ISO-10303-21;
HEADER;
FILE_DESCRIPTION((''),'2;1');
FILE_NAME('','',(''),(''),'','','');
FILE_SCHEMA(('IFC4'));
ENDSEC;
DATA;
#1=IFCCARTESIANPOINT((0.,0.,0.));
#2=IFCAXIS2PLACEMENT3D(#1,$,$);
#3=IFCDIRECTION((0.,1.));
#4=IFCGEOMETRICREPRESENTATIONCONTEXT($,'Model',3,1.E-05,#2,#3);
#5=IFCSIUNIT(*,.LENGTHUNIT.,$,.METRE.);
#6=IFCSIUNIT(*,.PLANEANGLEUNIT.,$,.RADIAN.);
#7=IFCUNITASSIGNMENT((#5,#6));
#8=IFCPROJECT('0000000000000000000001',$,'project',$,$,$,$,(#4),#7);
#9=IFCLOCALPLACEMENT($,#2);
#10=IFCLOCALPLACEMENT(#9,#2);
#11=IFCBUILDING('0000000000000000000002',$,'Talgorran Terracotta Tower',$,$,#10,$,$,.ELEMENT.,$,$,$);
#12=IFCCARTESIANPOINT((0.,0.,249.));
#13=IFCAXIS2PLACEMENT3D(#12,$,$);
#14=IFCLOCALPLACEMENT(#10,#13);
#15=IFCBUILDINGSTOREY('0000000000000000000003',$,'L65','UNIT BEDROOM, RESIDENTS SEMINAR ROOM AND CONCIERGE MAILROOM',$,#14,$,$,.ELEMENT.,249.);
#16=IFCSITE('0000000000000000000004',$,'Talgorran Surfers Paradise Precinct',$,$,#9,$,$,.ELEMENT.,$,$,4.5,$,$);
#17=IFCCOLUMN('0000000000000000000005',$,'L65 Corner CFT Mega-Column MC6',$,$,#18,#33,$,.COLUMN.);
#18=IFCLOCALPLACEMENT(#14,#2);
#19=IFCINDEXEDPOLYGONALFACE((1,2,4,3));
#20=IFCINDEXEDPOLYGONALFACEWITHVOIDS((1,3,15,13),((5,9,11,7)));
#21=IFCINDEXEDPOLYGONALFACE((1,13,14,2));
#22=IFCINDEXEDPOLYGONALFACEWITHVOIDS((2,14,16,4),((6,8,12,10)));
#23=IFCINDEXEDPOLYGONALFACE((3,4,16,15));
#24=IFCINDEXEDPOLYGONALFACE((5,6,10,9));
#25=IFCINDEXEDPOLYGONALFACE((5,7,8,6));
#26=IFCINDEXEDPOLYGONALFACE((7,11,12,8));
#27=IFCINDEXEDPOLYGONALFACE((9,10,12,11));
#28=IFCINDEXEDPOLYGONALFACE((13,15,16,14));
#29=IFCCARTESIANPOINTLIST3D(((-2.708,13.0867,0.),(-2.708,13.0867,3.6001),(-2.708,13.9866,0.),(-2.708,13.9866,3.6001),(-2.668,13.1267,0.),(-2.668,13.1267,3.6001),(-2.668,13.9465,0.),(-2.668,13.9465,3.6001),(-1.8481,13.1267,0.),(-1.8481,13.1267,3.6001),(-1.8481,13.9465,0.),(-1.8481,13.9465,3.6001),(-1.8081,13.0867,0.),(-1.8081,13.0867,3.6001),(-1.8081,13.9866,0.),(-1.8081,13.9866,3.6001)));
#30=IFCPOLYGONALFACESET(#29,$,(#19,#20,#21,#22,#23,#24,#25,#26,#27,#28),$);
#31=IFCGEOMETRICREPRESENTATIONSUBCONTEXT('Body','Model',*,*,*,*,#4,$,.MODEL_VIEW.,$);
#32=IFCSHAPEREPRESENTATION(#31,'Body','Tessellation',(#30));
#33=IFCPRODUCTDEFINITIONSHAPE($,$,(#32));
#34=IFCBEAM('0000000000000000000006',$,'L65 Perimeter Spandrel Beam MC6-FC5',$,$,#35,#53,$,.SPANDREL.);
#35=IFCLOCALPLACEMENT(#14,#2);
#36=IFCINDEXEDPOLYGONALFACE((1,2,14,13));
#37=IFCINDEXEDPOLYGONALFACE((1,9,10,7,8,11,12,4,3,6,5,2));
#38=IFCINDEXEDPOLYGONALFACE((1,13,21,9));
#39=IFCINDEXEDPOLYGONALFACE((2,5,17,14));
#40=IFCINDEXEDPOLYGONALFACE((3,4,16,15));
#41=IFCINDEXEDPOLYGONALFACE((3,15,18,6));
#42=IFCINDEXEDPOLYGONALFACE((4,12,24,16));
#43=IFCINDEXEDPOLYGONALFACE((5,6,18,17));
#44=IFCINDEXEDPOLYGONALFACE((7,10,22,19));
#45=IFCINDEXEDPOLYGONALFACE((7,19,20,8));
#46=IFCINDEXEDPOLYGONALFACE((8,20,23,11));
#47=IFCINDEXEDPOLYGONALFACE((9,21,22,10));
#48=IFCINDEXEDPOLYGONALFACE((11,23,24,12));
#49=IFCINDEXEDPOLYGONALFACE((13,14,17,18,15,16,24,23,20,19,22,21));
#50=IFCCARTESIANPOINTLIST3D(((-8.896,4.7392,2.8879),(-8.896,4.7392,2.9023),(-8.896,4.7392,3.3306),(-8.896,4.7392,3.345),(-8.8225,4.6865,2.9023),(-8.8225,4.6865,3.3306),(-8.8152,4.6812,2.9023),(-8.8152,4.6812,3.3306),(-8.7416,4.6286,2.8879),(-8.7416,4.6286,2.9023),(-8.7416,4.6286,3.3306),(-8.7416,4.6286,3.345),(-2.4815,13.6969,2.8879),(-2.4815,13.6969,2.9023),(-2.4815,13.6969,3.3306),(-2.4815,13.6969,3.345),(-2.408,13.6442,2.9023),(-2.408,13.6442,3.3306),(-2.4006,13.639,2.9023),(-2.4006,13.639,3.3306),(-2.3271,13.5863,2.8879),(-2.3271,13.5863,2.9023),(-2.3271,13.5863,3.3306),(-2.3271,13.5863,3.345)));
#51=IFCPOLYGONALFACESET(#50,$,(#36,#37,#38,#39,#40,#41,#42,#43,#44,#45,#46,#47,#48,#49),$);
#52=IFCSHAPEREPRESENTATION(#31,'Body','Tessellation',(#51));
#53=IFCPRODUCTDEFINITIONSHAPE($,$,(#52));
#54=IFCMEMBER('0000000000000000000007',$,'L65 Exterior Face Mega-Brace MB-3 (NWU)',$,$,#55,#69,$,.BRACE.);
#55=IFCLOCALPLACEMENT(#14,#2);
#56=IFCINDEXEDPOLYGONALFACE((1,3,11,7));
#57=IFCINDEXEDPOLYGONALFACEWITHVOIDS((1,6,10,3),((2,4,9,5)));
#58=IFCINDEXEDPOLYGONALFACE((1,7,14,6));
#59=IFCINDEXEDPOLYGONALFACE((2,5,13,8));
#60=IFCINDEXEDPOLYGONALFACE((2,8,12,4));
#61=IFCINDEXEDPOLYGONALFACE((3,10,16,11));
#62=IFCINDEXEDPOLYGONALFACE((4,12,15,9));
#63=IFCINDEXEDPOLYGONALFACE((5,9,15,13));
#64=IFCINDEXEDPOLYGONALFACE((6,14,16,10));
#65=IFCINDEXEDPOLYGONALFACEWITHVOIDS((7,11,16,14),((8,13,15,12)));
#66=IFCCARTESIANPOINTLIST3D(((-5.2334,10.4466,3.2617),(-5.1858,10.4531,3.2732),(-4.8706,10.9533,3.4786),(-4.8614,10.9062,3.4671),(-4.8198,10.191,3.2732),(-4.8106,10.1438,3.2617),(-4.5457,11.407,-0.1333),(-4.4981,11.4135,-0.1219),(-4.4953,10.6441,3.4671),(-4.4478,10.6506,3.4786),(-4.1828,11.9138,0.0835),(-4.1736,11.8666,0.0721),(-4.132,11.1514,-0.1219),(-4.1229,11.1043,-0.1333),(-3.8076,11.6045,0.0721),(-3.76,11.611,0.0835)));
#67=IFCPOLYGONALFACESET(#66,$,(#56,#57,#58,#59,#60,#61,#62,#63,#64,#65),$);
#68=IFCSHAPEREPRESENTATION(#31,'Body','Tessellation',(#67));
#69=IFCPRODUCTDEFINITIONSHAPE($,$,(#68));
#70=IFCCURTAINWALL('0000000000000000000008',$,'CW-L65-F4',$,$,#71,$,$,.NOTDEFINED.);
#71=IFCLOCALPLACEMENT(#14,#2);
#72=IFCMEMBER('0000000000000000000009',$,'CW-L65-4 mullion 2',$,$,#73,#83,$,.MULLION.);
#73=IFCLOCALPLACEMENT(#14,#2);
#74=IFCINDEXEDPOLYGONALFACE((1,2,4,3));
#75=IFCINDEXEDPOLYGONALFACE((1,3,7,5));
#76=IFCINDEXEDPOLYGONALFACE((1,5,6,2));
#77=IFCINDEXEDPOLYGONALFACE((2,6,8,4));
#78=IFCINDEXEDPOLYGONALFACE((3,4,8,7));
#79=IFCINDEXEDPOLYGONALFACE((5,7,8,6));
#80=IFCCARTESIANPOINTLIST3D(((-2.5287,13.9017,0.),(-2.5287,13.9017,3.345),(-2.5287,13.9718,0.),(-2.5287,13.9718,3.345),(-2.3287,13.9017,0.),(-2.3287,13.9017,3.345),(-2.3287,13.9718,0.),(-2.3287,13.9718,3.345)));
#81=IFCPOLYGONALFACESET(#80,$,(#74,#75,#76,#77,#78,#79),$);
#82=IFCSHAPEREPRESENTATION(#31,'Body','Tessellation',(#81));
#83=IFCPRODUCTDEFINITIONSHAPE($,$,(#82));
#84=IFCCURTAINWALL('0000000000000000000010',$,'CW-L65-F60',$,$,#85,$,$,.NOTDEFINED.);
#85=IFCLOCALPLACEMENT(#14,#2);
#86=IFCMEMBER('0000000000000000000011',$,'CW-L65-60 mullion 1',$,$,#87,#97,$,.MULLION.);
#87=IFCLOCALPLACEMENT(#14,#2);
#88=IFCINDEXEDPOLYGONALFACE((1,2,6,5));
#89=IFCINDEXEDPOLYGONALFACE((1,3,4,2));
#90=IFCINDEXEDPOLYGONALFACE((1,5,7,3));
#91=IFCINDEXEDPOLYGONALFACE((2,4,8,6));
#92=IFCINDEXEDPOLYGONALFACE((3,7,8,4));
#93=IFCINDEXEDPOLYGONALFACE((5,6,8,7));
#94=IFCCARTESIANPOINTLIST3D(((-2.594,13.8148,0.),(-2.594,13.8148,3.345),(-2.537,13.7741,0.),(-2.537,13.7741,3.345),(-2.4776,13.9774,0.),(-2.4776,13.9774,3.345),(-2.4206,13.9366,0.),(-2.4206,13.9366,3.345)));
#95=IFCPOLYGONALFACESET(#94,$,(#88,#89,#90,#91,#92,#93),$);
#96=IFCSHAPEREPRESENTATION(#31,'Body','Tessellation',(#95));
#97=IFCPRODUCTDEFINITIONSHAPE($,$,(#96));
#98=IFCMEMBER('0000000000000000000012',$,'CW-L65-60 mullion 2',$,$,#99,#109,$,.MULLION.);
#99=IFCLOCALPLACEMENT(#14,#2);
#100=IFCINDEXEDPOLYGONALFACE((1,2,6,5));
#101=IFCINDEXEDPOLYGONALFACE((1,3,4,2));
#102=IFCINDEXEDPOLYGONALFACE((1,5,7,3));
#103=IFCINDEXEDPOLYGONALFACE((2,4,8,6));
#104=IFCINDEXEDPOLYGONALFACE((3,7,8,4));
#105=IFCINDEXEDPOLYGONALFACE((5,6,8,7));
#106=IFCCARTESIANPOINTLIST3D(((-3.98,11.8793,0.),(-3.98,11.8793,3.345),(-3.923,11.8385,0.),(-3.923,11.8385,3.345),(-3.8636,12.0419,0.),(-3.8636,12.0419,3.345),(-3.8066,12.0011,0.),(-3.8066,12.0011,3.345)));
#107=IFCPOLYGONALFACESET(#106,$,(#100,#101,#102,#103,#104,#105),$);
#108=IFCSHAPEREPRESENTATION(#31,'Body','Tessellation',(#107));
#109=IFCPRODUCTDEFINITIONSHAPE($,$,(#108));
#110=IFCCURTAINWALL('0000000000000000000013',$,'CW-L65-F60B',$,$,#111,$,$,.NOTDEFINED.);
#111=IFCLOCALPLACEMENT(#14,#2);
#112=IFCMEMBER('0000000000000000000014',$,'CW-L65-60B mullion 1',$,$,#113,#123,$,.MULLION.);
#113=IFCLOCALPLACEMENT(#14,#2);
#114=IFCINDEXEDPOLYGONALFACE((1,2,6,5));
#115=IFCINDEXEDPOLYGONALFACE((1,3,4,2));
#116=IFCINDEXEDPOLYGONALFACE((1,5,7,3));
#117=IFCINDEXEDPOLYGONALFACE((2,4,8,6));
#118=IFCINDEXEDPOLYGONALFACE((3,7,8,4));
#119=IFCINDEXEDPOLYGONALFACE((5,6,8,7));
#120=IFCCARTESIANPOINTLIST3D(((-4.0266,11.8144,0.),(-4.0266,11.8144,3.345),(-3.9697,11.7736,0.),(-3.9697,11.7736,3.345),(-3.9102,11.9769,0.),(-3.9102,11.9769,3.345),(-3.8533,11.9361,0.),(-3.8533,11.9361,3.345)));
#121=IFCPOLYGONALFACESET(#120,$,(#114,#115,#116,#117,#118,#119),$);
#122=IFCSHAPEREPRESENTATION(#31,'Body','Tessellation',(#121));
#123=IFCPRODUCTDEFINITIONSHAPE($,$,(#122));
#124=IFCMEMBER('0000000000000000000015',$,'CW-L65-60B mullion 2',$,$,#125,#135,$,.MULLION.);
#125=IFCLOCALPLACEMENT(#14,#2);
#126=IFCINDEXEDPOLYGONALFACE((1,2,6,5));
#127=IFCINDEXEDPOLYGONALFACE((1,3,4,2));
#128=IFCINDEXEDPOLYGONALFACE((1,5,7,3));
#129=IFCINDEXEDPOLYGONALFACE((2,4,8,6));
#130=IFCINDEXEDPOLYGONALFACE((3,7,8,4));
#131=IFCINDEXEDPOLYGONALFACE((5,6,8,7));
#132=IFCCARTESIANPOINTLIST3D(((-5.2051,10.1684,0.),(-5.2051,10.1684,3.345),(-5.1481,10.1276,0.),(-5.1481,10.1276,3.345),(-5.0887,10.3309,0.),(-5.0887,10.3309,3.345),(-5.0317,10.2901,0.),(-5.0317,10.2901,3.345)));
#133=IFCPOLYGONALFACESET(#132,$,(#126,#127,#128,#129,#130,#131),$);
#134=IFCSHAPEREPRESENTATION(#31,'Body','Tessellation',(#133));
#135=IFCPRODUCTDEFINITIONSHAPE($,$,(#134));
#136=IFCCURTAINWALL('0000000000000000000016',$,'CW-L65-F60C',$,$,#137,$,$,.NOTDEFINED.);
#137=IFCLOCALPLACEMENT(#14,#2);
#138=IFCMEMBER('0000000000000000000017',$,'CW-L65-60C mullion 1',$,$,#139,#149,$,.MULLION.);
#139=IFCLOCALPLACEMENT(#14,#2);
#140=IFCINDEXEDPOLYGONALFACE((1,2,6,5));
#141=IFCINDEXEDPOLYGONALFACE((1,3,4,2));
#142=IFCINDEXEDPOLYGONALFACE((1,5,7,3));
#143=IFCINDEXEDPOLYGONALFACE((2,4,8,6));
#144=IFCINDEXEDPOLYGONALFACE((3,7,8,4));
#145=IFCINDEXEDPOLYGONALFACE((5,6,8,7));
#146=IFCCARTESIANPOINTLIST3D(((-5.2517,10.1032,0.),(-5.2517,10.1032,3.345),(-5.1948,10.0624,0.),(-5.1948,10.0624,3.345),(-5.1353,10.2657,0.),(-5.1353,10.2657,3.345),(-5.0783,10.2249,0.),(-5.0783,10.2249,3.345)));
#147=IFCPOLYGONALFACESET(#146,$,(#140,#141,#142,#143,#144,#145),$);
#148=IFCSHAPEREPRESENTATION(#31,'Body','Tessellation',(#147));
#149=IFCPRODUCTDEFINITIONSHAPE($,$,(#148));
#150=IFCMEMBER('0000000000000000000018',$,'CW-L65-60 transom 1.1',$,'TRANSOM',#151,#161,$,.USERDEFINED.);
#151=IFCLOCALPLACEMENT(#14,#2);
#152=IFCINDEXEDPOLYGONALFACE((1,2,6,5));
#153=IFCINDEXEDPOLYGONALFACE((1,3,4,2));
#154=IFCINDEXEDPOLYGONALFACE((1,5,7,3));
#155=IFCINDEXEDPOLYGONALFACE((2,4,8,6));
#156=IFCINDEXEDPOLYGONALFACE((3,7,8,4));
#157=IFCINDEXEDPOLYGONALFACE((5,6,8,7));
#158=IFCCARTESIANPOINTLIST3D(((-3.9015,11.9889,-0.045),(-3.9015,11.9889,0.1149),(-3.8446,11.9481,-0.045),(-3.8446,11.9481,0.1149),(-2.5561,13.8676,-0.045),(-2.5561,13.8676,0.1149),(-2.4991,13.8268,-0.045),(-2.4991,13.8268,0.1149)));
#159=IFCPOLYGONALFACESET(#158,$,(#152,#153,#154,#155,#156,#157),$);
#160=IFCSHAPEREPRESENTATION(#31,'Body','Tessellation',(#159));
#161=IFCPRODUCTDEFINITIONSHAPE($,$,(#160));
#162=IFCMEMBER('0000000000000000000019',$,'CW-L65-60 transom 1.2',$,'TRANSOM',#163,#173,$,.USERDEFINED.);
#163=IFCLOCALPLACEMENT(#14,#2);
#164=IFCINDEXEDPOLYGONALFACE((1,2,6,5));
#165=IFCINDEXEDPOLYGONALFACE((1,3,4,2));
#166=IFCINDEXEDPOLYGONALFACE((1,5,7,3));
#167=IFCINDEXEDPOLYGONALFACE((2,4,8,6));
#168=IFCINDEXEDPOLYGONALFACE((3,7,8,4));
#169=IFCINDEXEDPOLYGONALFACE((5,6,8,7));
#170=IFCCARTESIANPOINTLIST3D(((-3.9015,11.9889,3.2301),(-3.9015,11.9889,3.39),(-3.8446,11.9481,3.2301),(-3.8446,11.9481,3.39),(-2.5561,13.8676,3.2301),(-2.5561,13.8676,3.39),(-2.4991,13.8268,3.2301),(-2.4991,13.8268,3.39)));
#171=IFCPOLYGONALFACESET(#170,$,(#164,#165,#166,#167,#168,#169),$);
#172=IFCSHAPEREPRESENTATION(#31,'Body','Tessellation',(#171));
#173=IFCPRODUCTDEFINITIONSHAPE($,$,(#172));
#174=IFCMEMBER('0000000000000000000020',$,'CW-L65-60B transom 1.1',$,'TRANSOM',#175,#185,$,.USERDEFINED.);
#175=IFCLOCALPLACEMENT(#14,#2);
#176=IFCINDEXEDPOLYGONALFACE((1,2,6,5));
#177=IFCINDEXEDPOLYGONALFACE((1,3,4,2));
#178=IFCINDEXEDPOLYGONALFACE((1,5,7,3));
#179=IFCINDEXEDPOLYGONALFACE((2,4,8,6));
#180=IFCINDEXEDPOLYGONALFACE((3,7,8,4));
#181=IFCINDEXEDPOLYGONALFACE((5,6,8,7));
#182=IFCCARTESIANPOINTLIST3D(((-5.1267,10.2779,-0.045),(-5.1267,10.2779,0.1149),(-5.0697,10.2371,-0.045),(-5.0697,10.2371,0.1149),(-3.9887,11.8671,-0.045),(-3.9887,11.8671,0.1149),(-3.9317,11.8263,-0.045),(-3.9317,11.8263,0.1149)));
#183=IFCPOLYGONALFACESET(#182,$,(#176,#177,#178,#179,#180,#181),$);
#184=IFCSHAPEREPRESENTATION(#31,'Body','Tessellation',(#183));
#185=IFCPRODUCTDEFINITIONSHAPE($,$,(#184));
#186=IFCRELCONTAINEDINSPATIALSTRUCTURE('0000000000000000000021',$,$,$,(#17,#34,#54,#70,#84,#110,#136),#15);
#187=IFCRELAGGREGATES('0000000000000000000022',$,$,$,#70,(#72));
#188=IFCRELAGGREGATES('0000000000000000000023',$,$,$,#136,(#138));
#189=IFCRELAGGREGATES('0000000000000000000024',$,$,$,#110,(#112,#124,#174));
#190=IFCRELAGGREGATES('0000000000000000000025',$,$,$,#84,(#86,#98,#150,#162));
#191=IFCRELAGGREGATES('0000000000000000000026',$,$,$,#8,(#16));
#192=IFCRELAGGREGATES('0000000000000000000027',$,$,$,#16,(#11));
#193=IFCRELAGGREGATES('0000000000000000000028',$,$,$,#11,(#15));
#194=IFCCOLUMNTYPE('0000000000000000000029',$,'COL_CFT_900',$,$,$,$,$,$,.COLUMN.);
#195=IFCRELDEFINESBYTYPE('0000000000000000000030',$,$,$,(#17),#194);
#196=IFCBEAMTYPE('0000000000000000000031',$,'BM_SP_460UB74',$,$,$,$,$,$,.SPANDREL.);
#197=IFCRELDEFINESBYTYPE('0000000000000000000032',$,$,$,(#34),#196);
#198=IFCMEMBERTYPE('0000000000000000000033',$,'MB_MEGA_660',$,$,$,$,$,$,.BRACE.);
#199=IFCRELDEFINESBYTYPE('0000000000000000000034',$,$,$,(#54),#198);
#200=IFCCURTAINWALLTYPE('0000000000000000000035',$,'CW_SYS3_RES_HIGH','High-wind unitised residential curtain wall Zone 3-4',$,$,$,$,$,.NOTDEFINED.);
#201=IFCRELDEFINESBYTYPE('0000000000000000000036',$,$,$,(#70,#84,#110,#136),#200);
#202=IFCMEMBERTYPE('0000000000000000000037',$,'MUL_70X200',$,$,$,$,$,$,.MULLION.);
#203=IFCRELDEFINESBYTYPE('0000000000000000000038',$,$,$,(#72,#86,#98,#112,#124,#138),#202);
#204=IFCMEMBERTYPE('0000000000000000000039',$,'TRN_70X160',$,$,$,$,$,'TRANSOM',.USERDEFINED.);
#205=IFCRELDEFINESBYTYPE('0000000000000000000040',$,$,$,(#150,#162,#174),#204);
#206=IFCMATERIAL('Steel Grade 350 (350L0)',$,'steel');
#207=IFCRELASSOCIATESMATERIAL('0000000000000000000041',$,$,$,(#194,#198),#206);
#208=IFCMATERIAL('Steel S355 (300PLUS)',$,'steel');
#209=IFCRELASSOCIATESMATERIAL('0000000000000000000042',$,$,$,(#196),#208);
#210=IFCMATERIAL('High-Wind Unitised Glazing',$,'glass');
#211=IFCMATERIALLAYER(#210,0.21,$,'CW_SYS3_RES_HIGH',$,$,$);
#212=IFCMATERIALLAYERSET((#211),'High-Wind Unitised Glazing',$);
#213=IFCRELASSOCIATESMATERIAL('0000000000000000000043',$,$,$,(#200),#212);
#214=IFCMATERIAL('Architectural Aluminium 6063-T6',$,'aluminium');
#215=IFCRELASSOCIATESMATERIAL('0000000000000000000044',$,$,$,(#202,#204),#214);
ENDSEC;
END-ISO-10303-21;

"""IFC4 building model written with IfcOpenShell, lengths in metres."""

from ifc_helpers import new_model, si_unit, direction, frame, origin, origin_2d, place, context, subcontext, project, spatial, rectangle, hollow_rectangle, i_section, extrude, material, layer, layer_set, material_profile, profile_set, type_object, element, aggregate, save


model = new_model("IFC4")

# Units and contexts
model_context = context("Model", 3, precision=1e-05, world=origin(), true_north=direction((0.0, 1.0)))
body_context = subcontext(model_context, "Body", "Model", "MODEL_VIEW")
ifc_project = project(units=[si_unit("LENGTHUNIT", "METRE"), si_unit("PLANEANGLEUNIT", "RADIAN")], contexts=[model_context])

# Site, building, storey
site_placement = place(None, origin())
site = spatial("IfcSite", under=ifc_project, at=site_placement, Name="Talgorran Surfers Paradise Precinct", CompositionType="ELEMENT", RefElevation=4.5)
building_placement = place(site_placement, origin())
building = spatial("IfcBuilding", under=site, at=building_placement, Name="Talgorran Terracotta Tower", CompositionType="ELEMENT")
storey_placement = place(building_placement, frame((0.0, 0.0, 249.0)))
storey = spatial("IfcBuildingStorey", under=building, at=storey_placement, Name="L65", Description="UNIT BEDROOM, RESIDENTS SEMINAR ROOM AND CONCIERGE MAILROOM", CompositionType="ELEMENT", Elevation=249.0)

# Column
ifc_material_1 = material(Name="Steel Grade 350 (350L0)", Category="steel")
ifc_material_profile_1 = material_profile(ifc_material_1, hollow_rectangle(XDim=0.8999, YDim=0.8999, WallThickness=0.04, at=origin_2d()), Name="CFT900X900X40")
ifc_profile_set_1 = profile_set([ifc_material_profile_1], Name="Steel Grade 350 (350L0)")
column_type = type_object("IfcColumnType", Name="COL_CFT_900", PredefinedType="COLUMN", material=ifc_profile_set_1)
column_placement = place(storey_placement, frame((-2.2581, 13.5366, 0.0), z_axis=(0.0, 0.0, 1.0), x_axis=(1.0, 0.0, 0.0)))
element("IfcColumn", 1, at=column_placement, inside=storey, type_object=column_type, Name="L65 Corner CFT Mega-Column MC6", PredefinedType="COLUMN", context=body_context, shape_type="SweptSolid", body=[
    extrude(hollow_rectangle(XDim=0.8999, YDim=0.8999, WallThickness=0.04, at=origin_2d()), origin(), (0.0, 0.0, 1.0), 3.6001),
])

# Beam
ifc_material_2 = material(Name="Steel S355 (300PLUS)", Category="steel")
ifc_material_profile_2 = material_profile(ifc_material_2, i_section(OverallWidth=0.1899, OverallDepth=0.457, WebThickness=0.009, FlangeThickness=0.0144, at=origin_2d()), Name="460UB74.6")
ifc_profile_set_2 = profile_set([ifc_material_profile_2], Name="Steel S355 (300PLUS)")
beam_type = type_object("IfcBeamType", Name="BM_SP_460UB74", PredefinedType="SPANDREL", material=ifc_profile_set_2)
beam_placement = place(storey_placement, frame((-2.4043, 13.6416, 3.1165), z_axis=(-0.582208, -0.81304, 0.0), x_axis=(0.81304, -0.582208, 0.0)))
element("IfcBeam", 2, at=beam_placement, inside=storey, type_object=beam_type, Name="L65 Perimeter Spandrel Beam MC6-FC5", PredefinedType="SPANDREL", context=body_context, shape_type="SweptSolid", body=[
    extrude(i_section(OverallWidth=0.1899, OverallDepth=0.457, WebThickness=0.009, FlangeThickness=0.0144, at=origin_2d()), origin(), (0.0, 0.0, 1.0), 11.0176),
])

# Member
ifc_material_profile_3 = material_profile(ifc_material_1, hollow_rectangle(XDim=0.52, YDim=0.6599, WallThickness=0.0349, at=origin_2d()), Name="WBOX660X520X35")
ifc_profile_set_3 = profile_set([ifc_material_profile_3], Name="Steel Grade 350 (350L0)")
member_type_1 = type_object("IfcMemberType", Name="MB_MEGA_660", PredefinedType="BRACE", material=ifc_profile_set_3)
member_1_placement = place(storey_placement, frame((-4.1528, 11.509, -0.0249), z_axis=(-0.191324, -0.267187, 0.944461), x_axis=(0.813049, -0.582196, 0.0)))
element("IfcMember", 3, at=member_1_placement, inside=storey, type_object=member_type_1, Name="L65 Exterior Face Mega-Brace MB-3 (NWU)", PredefinedType="BRACE", context=body_context, shape_type="SweptSolid", body=[
    extrude(hollow_rectangle(XDim=0.52, YDim=0.6599, WallThickness=0.0349, at=origin_2d()), origin(), (0.0, 0.0, 1.0), 3.5947),
])

# Curtain wall, member
ifc_material_3 = material(Name="High-Wind Unitised Glazing", Category="glass")
ifc_layer_1 = layer(ifc_material_3, 0.21, Name="CW_SYS3_RES_HIGH")
ifc_layer_set_1 = layer_set([ifc_layer_1], Name="High-Wind Unitised Glazing")
curtain_wall_type = type_object("IfcCurtainWallType", Name="CW_SYS3_RES_HIGH", Description="High-wind unitised residential curtain wall Zone 3-4", PredefinedType="NOTDEFINED", material=ifc_layer_set_1)
curtain_wall_1_placement = place(storey_placement, origin())
curtain_wall_1 = element("IfcCurtainWall", 4, at=curtain_wall_1_placement, inside=storey, type_object=curtain_wall_type, Name="CW-L65-F4", PredefinedType="NOTDEFINED")
ifc_material_4 = material(Name="Architectural Aluminium 6063-T6", Category="aluminium")
ifc_material_profile_4 = material_profile(ifc_material_4, rectangle(XDim=0.0701, YDim=0.2, at=origin_2d()), Name="CWM70X200")
ifc_profile_set_4 = profile_set([ifc_material_profile_4], Name="Architectural Aluminium 6063-T6")
member_type_2 = type_object("IfcMemberType", Name="MUL_70X200", PredefinedType="MULLION", material=ifc_profile_set_4)
member_2_placement = place(storey_placement, frame((-2.4287, 13.9368, 0.0), z_axis=(0.0, 0.0, 1.0), x_axis=(0.0, -1.0, 0.0)))
member_2 = element("IfcMember", 5, at=member_2_placement, type_object=member_type_2, Name="CW-L65-4 mullion 2", PredefinedType="MULLION", context=body_context, shape_type="SweptSolid", body=[
    extrude(rectangle(XDim=0.0701, YDim=0.2, at=origin_2d()), origin(), (0.0, 0.0, 1.0), 3.345),
])
aggregate(curtain_wall_1, [member_2])

# Curtain walls, members
curtain_wall_2_placement = place(storey_placement, origin())
curtain_wall_2 = element("IfcCurtainWall", 6, at=curtain_wall_2_placement, inside=storey, type_object=curtain_wall_type, Name="CW-L65-F60", PredefinedType="NOTDEFINED")
member_3_placement = place(storey_placement, frame((-2.5073, 13.8757, 0.0), z_axis=(0.0, 0.0, 1.0), x_axis=(0.813041, -0.582207, 0.0)))
member_3 = element("IfcMember", 7, at=member_3_placement, type_object=member_type_2, Name="CW-L65-60 mullion 1", PredefinedType="MULLION", context=body_context, shape_type="SweptSolid", body=[
    extrude(rectangle(XDim=0.0701, YDim=0.2, at=origin_2d()), origin(), (0.0, 0.0, 1.0), 3.345),
])
member_4_placement = place(storey_placement, frame((-3.8933, 11.9402, 0.0), z_axis=(0.0, 0.0, 1.0), x_axis=(0.813041, -0.582207, 0.0)))
member_4 = element("IfcMember", 8, at=member_4_placement, type_object=member_type_2, Name="CW-L65-60 mullion 2", PredefinedType="MULLION", context=body_context, shape_type="SweptSolid", body=[
    extrude(rectangle(XDim=0.0701, YDim=0.2, at=origin_2d()), origin(), (0.0, 0.0, 1.0), 3.345),
])
curtain_wall_3_placement = place(storey_placement, origin())
curtain_wall_3 = element("IfcCurtainWall", 9, at=curtain_wall_3_placement, inside=storey, type_object=curtain_wall_type, Name="CW-L65-F60B", PredefinedType="NOTDEFINED")
member_5_placement = place(storey_placement, frame((-3.9399, 11.8752, 0.0), z_axis=(0.0, 0.0, 1.0), x_axis=(0.813046, -0.5822, 0.0)))
member_5 = element("IfcMember", 10, at=member_5_placement, type_object=member_type_2, Name="CW-L65-60B mullion 1", PredefinedType="MULLION", context=body_context, shape_type="SweptSolid", body=[
    extrude(rectangle(XDim=0.0701, YDim=0.2, at=origin_2d()), origin(), (0.0, 0.0, 1.0), 3.345),
])
member_6_placement = place(storey_placement, frame((-5.1184, 10.2292, 0.0), z_axis=(0.0, 0.0, 1.0), x_axis=(0.813046, -0.5822, 0.0)))
member_6 = element("IfcMember", 11, at=member_6_placement, type_object=member_type_2, Name="CW-L65-60B mullion 2", PredefinedType="MULLION", context=body_context, shape_type="SweptSolid", body=[
    extrude(rectangle(XDim=0.0701, YDim=0.2, at=origin_2d()), origin(), (0.0, 0.0, 1.0), 3.345),
])

# Curtain wall, member
curtain_wall_4_placement = place(storey_placement, origin())
curtain_wall_4 = element("IfcCurtainWall", 12, at=curtain_wall_4_placement, inside=storey, type_object=curtain_wall_type, Name="CW-L65-F60C", PredefinedType="NOTDEFINED")
member_7_placement = place(storey_placement, frame((-5.165, 10.1641, 0.0), z_axis=(0.0, 0.0, 1.0), x_axis=(0.81304, -0.582208, 0.0)))
member_7 = element("IfcMember", 13, at=member_7_placement, type_object=member_type_2, Name="CW-L65-60C mullion 1", PredefinedType="MULLION", context=body_context, shape_type="SweptSolid", body=[
    extrude(rectangle(XDim=0.0701, YDim=0.2, at=origin_2d()), origin(), (0.0, 0.0, 1.0), 3.345),
])

# Members
ifc_material_profile_5 = material_profile(ifc_material_4, rectangle(XDim=0.0701, YDim=0.1599, at=origin_2d()), Name="CWT70X160")
ifc_profile_set_5 = profile_set([ifc_material_profile_5], Name="Architectural Aluminium 6063-T6")
member_type_3 = type_object("IfcMemberType", Name="TRN_70X160", ElementType="TRANSOM", PredefinedType="USERDEFINED", material=ifc_profile_set_5)
member_8_placement = place(storey_placement, frame((-2.5276, 13.8472, 0.0349), z_axis=(-0.582257, -0.813005, 0.0), x_axis=(0.813005, -0.582257, 0.0)))
member_8 = element("IfcMember", 14, at=member_8_placement, type_object=member_type_3, Name="CW-L65-60 transom 1.1", ObjectType="TRANSOM", PredefinedType="USERDEFINED", context=body_context, shape_type="SweptSolid", body=[
    extrude(rectangle(XDim=0.0701, YDim=0.1599, at=origin_2d()), origin(), (0.0, 0.0, 1.0), 2.3108),
])
member_9_placement = place(storey_placement, frame((-2.5276, 13.8472, 3.3101), z_axis=(-0.582257, -0.813005, 0.0), x_axis=(0.813005, -0.582257, 0.0)))
member_9 = element("IfcMember", 15, at=member_9_placement, type_object=member_type_3, Name="CW-L65-60 transom 1.2", ObjectType="TRANSOM", PredefinedType="USERDEFINED", context=body_context, shape_type="SweptSolid", body=[
    extrude(rectangle(XDim=0.0701, YDim=0.1599, at=origin_2d()), origin(), (0.0, 0.0, 1.0), 2.3108),
])
member_10_placement = place(storey_placement, frame((-3.9602, 11.8467, 0.0349), z_axis=(-0.582207, -0.813041, 0.0), x_axis=(0.813041, -0.582207, 0.0)))
member_10 = element("IfcMember", 16, at=member_10_placement, type_object=member_type_3, Name="CW-L65-60B transom 1.1", ObjectType="TRANSOM", PredefinedType="USERDEFINED", context=body_context, shape_type="SweptSolid", body=[
    extrude(rectangle(XDim=0.0701, YDim=0.1599, at=origin_2d()), origin(), (0.0, 0.0, 1.0), 1.9546),
])
aggregate(curtain_wall_4, [member_7])

aggregate(curtain_wall_3, [member_5, member_6, member_10])
aggregate(curtain_wall_2, [member_3, member_4, member_8, member_9])

save(model, "model.ifc")
